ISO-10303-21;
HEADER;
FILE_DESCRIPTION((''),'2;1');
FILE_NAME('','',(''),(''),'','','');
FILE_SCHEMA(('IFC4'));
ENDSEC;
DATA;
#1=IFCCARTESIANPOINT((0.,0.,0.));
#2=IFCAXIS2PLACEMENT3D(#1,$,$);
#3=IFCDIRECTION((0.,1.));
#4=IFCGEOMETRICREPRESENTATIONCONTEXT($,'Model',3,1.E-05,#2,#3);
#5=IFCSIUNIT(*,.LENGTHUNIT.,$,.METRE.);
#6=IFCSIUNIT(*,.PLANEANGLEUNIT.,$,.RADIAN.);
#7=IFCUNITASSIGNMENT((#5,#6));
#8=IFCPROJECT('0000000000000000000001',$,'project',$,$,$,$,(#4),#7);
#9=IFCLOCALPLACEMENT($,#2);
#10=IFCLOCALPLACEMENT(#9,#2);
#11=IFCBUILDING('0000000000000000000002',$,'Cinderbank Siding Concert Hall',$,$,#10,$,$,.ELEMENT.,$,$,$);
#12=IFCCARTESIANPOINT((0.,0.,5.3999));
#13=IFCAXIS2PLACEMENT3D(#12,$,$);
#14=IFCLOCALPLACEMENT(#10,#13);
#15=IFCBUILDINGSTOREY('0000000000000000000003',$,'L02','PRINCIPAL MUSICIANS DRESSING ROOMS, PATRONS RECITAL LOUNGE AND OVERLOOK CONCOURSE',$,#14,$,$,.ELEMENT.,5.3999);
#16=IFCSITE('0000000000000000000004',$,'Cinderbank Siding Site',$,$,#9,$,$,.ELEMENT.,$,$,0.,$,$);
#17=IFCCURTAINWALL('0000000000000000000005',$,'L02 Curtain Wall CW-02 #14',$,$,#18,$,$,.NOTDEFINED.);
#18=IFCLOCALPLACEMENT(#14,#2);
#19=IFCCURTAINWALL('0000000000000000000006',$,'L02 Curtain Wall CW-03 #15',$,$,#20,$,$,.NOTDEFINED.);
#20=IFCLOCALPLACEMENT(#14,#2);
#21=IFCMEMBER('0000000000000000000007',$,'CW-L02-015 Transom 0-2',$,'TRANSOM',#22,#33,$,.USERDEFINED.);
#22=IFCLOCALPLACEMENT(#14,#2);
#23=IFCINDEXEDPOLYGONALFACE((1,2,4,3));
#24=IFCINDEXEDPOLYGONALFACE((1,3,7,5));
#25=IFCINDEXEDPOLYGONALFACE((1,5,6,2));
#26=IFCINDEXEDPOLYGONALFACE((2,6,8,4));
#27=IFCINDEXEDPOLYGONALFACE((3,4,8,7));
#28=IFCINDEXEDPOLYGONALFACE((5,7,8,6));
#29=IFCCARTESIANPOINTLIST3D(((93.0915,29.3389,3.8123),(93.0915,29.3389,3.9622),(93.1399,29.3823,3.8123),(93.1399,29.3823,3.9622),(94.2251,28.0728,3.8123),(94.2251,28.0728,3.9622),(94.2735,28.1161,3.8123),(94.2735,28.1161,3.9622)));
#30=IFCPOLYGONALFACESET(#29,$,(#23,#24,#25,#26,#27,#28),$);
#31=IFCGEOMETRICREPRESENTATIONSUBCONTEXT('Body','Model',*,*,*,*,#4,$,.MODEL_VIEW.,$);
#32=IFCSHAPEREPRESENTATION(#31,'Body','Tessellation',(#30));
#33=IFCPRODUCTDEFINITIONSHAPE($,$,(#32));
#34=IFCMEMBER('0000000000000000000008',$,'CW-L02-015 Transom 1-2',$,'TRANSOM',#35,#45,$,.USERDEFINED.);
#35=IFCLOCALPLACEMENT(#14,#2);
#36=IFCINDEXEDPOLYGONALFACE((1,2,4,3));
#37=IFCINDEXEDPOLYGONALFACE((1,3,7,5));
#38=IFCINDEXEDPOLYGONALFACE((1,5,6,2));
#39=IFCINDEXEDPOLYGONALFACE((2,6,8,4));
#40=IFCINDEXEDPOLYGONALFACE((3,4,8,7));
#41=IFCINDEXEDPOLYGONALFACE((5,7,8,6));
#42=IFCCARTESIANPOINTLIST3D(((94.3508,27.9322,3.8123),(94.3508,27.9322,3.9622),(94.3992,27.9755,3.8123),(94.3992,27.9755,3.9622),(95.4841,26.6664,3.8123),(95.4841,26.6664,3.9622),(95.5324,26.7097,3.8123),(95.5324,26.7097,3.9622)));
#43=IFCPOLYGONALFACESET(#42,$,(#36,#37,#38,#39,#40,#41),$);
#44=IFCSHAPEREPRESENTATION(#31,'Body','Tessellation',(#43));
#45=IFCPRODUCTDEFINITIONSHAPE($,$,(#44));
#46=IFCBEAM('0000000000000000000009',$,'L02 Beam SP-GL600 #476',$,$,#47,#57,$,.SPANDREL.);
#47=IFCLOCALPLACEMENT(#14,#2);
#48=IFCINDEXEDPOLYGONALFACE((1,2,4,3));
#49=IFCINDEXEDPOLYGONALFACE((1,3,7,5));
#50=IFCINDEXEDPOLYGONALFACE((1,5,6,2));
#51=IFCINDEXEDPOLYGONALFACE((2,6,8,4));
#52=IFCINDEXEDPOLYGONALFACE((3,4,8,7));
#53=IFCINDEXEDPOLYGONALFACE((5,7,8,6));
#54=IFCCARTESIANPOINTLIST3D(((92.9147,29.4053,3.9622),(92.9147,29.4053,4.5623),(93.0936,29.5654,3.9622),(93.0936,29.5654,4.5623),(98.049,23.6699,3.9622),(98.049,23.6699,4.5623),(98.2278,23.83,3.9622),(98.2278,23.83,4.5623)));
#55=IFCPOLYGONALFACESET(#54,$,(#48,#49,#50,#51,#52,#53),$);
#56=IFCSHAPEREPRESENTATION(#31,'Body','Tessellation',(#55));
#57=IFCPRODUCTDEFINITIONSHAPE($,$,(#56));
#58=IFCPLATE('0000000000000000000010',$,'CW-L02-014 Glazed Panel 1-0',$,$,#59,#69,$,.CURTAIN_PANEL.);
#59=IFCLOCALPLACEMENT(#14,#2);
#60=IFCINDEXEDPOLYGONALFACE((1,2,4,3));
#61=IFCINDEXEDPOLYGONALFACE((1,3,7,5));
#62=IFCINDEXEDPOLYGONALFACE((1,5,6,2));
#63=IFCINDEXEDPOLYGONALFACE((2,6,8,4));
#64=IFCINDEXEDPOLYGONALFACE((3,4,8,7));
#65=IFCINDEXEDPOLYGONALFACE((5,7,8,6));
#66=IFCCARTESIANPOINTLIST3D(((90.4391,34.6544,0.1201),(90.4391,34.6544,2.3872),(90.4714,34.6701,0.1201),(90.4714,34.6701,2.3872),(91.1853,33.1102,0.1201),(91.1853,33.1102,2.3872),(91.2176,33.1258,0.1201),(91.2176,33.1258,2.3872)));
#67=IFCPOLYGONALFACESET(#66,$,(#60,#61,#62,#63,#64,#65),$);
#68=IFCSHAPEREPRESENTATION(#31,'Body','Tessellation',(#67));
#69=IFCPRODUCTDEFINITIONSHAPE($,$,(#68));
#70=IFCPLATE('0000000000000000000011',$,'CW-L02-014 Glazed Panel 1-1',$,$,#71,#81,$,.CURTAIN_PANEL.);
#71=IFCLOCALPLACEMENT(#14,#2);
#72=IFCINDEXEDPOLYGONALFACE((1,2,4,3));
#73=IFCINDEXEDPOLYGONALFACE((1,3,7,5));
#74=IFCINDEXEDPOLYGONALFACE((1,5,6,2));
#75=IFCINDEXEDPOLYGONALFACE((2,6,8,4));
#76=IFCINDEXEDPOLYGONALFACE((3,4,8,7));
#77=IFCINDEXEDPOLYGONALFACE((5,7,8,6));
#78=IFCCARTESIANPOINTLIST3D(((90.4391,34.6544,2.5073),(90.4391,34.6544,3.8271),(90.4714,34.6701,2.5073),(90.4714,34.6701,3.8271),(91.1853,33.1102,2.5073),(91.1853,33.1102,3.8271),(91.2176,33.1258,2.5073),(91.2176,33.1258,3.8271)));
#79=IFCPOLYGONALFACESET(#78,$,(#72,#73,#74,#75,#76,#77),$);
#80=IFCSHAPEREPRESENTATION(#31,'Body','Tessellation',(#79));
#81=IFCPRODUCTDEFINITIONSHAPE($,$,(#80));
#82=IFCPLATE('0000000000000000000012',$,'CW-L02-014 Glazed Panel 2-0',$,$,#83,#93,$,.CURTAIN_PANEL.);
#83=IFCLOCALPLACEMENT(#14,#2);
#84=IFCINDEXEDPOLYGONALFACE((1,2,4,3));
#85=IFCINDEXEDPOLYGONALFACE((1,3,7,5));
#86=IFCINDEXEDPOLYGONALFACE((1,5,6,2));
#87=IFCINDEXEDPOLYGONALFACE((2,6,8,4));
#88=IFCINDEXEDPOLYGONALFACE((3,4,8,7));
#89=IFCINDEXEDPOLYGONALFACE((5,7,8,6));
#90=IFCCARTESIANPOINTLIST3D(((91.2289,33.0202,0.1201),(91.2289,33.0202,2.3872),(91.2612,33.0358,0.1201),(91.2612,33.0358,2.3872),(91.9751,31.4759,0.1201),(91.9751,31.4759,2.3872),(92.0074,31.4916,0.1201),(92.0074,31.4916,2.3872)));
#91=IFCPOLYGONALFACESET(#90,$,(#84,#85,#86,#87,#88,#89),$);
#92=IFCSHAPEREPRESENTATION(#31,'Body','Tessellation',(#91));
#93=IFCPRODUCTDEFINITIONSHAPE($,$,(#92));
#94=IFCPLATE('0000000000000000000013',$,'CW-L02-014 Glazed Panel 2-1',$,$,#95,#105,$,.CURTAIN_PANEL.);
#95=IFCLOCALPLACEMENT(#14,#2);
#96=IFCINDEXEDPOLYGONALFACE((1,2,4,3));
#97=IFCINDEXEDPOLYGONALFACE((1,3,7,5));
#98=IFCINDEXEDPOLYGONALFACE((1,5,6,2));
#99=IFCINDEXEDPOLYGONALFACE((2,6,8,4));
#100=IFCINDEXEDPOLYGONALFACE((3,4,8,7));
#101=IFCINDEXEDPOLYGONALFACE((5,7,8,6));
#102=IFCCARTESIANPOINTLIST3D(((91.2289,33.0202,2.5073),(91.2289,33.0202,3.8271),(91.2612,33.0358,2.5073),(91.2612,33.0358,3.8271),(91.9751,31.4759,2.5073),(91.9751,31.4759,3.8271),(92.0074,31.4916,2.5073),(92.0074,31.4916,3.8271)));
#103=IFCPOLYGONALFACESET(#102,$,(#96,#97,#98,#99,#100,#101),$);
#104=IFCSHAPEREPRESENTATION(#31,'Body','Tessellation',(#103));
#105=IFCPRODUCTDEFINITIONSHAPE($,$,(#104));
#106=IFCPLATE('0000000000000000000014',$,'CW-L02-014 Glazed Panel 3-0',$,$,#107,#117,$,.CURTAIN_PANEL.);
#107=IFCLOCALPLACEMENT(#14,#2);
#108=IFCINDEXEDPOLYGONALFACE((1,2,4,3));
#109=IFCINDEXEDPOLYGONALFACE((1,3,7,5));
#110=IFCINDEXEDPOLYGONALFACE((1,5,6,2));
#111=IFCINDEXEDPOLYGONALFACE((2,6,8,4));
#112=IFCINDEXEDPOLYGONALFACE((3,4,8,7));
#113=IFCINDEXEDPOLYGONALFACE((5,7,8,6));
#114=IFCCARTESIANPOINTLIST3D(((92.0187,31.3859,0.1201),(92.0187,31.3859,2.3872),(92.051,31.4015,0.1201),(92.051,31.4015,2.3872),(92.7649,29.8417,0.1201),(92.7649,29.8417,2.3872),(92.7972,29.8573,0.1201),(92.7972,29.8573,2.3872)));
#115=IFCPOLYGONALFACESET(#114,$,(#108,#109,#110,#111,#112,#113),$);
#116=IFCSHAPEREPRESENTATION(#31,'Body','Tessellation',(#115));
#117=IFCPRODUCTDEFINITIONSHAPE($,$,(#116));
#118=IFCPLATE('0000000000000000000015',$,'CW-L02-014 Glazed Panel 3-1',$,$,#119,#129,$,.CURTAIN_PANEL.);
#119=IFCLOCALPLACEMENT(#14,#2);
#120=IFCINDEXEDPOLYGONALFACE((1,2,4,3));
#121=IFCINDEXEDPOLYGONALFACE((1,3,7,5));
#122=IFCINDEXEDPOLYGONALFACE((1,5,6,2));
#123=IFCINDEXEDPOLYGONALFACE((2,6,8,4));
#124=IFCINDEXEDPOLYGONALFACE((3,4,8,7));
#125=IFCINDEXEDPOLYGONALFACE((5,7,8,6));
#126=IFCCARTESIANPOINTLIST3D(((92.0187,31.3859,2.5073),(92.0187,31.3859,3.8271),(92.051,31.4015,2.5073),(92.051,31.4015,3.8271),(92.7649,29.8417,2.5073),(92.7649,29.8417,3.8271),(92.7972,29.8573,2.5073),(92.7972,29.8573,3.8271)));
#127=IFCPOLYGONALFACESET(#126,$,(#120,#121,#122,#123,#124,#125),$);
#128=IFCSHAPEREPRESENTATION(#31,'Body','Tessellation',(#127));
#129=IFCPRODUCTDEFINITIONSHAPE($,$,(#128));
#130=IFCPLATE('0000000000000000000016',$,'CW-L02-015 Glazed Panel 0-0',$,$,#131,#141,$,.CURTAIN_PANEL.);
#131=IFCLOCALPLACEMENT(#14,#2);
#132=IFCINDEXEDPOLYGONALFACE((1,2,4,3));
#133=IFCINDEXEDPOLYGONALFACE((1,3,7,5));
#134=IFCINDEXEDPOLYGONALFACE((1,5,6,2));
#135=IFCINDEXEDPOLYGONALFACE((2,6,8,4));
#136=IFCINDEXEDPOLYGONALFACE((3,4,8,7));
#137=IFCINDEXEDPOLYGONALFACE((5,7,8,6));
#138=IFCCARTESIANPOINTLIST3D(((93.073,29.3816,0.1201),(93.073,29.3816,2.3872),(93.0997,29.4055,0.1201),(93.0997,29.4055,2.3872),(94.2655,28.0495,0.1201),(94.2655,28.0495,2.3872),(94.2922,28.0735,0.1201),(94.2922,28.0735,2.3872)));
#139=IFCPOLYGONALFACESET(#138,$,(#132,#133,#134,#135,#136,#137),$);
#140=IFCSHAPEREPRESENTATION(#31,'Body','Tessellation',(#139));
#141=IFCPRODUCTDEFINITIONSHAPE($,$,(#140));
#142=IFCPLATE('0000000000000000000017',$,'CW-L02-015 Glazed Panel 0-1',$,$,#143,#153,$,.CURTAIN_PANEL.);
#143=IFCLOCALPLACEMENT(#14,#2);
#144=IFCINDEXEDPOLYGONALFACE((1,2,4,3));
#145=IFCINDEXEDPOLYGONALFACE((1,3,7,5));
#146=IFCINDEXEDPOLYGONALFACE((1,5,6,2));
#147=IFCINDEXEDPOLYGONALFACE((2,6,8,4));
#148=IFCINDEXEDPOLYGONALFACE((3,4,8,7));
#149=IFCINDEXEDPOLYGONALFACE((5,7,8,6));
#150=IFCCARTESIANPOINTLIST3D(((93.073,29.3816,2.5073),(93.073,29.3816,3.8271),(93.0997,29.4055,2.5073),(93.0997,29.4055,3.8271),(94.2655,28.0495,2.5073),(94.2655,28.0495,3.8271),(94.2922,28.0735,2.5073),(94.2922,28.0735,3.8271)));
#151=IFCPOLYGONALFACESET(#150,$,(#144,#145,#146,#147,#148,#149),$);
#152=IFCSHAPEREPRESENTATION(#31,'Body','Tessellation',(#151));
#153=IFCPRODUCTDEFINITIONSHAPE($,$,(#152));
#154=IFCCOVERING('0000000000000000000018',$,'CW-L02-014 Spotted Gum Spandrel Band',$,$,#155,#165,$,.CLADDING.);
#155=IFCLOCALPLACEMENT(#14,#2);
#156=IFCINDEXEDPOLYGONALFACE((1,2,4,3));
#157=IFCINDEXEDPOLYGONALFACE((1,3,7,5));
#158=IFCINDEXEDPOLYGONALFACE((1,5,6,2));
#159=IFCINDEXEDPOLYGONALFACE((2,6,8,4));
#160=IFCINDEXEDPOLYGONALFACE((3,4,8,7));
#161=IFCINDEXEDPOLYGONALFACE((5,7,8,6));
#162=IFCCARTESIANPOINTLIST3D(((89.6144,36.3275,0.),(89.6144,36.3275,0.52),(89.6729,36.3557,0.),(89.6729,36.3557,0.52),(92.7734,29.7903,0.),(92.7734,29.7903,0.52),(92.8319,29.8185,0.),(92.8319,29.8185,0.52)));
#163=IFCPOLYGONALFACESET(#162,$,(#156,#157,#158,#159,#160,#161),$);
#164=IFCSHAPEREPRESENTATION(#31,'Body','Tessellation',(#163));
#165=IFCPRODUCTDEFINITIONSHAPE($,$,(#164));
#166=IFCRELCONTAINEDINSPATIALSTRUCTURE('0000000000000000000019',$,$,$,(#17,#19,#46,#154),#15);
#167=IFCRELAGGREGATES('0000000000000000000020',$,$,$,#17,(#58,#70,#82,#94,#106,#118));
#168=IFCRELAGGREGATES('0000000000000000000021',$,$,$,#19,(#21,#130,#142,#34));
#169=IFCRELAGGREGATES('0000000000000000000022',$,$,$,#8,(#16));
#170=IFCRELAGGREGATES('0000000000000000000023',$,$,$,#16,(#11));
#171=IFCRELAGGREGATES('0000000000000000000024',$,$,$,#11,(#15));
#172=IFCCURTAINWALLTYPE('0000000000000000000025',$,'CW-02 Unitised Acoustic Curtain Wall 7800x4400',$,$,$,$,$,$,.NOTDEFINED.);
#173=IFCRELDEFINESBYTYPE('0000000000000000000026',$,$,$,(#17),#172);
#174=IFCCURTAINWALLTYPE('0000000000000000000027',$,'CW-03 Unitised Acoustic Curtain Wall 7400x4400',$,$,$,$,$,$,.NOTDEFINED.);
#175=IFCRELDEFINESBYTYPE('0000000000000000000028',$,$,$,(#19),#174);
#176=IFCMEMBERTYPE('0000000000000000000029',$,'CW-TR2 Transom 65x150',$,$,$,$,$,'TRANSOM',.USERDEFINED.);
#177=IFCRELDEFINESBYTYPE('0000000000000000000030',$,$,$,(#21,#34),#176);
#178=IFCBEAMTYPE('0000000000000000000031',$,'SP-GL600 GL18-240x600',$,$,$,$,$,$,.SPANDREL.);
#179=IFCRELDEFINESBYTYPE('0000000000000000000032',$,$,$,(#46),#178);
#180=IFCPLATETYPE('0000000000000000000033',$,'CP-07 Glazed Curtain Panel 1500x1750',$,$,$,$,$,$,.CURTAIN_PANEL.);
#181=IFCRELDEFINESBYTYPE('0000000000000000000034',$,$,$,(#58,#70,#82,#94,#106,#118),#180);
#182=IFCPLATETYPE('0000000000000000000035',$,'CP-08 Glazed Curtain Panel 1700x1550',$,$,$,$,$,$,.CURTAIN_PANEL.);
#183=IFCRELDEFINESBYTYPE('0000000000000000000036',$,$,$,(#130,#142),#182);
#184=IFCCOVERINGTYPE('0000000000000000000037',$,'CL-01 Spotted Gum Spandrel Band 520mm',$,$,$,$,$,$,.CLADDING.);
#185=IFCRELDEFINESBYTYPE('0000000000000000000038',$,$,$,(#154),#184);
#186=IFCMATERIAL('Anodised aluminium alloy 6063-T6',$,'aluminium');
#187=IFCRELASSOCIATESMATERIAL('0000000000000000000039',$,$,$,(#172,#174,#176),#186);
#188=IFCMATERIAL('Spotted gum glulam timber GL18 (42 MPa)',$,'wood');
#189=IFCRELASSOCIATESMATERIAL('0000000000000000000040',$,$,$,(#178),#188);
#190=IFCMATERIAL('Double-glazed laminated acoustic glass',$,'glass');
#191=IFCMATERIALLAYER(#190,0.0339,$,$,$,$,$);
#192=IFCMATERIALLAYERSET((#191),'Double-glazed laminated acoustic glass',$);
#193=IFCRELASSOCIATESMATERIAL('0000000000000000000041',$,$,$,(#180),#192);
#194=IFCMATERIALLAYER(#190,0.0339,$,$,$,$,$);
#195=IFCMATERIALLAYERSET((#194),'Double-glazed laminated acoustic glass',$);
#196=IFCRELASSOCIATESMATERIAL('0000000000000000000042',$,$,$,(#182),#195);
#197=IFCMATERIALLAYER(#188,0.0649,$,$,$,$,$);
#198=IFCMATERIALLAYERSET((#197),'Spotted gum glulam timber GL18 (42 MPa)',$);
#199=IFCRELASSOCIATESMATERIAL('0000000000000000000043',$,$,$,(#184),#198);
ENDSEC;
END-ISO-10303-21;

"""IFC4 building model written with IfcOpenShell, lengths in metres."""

from ifc_helpers import new_model, si_unit, direction, frame, origin, origin_2d, place, context, subcontext, project, spatial, rectangle, extrude, material, layer, layer_set, material_profile, profile_set, type_object, element, aggregate, save


model = new_model("IFC4")

# Units and contexts
model_context = context("Model", 3, precision=1e-05, world=origin(), true_north=direction((0.0, 1.0)))
body_context = subcontext(model_context, "Body", "Model", "MODEL_VIEW")
ifc_project = project(units=[si_unit("LENGTHUNIT", "METRE"), si_unit("PLANEANGLEUNIT", "RADIAN")], contexts=[model_context])

# Site, building, storey
site_placement = place(None, origin())
site = spatial("IfcSite", under=ifc_project, at=site_placement, Name="Cinderbank Siding Site", CompositionType="ELEMENT", RefElevation=0.0)
building_placement = place(site_placement, origin())
building = spatial("IfcBuilding", under=site, at=building_placement, Name="Cinderbank Siding Concert Hall", CompositionType="ELEMENT")
storey_placement = place(building_placement, frame((0.0, 0.0, 5.3999)))
storey = spatial("IfcBuildingStorey", under=building, at=storey_placement, Name="L02", Description="PRINCIPAL MUSICIANS DRESSING ROOMS, PATRONS RECITAL LOUNGE AND OVERLOOK CONCOURSE", CompositionType="ELEMENT", Elevation=5.3999)

# Curtain walls
ifc_material_1 = material(Name="Anodised aluminium alloy 6063-T6", Category="aluminium")
curtain_wall_type_1 = type_object("IfcCurtainWallType", Name="CW-02 Unitised Acoustic Curtain Wall 7800x4400", PredefinedType="NOTDEFINED", material=ifc_material_1)
curtain_wall_1_placement = place(storey_placement, origin())
curtain_wall_1 = element("IfcCurtainWall", 1, at=curtain_wall_1_placement, inside=storey, type_object=curtain_wall_type_1, Name="L02 Curtain Wall CW-02 #14", PredefinedType="NOTDEFINED")
curtain_wall_type_2 = type_object("IfcCurtainWallType", Name="CW-03 Unitised Acoustic Curtain Wall 7400x4400", PredefinedType="NOTDEFINED", material=ifc_material_1)
curtain_wall_2_placement = place(storey_placement, origin())
curtain_wall_2 = element("IfcCurtainWall", 2, at=curtain_wall_2_placement, inside=storey, type_object=curtain_wall_type_2, Name="L02 Curtain Wall CW-03 #15", PredefinedType="NOTDEFINED")

# Members
ifc_material_profile_1 = material_profile(ifc_material_1, rectangle(XDim=0.0649, YDim=0.1499, at=origin_2d()), Name="ALU-TRAN-65x150", Category="LoadBearing")
ifc_profile_set_1 = profile_set([ifc_material_profile_1], Name="Anodised aluminium alloy 6063-T6")
member_type_1 = type_object("IfcMemberType", Name="CW-TR2 Transom 65x150", ElementType="TRANSOM", PredefinedType="USERDEFINED", material=ifc_profile_set_1)
member_1_placement = place(storey_placement, frame((93.1157, 29.3606, 3.8872), z_axis=(0.667026, -0.745035, 0.0), x_axis=(0.745035, 0.667026, 0.0)))
member_1 = element("IfcMember", 3, at=member_1_placement, type_object=member_type_1, Name="CW-L02-015 Transom 0-2", ObjectType="TRANSOM", PredefinedType="USERDEFINED", context=body_context, shape_type="SweptSolid", body=[
    extrude(rectangle(XDim=0.0649, YDim=0.1499, at=origin_2d()), origin(), (0.0, 0.0, 1.0), 1.6995),
])
member_2_placement = place(storey_placement, frame((94.375, 27.9539, 3.8872), z_axis=(0.667017, -0.745042, 0.0), x_axis=(0.745042, 0.667017, 0.0)))
member_2 = element("IfcMember", 4, at=member_2_placement, type_object=member_type_1, Name="CW-L02-015 Transom 1-2", ObjectType="TRANSOM", PredefinedType="USERDEFINED", context=body_context, shape_type="SweptSolid", body=[
    extrude(rectangle(XDim=0.0649, YDim=0.1499, at=origin_2d()), origin(), (0.0, 0.0, 1.0), 1.699),
])

# Beam
ifc_material_2 = material(Name="Spotted gum glulam timber GL18 (42 MPa)", Category="wood")
ifc_material_profile_2 = material_profile(ifc_material_2, rectangle(XDim=0.24, YDim=0.6001, at=origin_2d()), Name="GL18-240x600", Category="LoadBearing")
ifc_profile_set_2 = profile_set([ifc_material_profile_2], Name="Spotted gum glulam timber GL18 (42 MPa)")
beam_type_1 = type_object("IfcBeamType", Name="SP-GL600 GL18-240x600", PredefinedType="SPANDREL", material=ifc_profile_set_2)
beam_1_placement = place(storey_placement, frame((93.0042, 29.4854, 4.2622), z_axis=(0.666986, -0.74507, 0.0), x_axis=(0.74507, 0.666986, 0.0)))
element("IfcBeam", 5, at=beam_1_placement, inside=storey, type_object=beam_type_1, Name="L02 Beam SP-GL600 #476", PredefinedType="SPANDREL", context=body_context, shape_type="SweptSolid", body=[
    extrude(rectangle(XDim=0.24, YDim=0.6001, at=origin_2d()), origin(), (0.0, 0.0, 1.0), 7.6978),
])

# Plates
ifc_material_3 = material(Name="Double-glazed laminated acoustic glass", Category="glass")
ifc_layer_1 = layer(ifc_material_3, 0.0339)
ifc_layer_set_1 = layer_set([ifc_layer_1], Name="Double-glazed laminated acoustic glass")
plate_type_1 = type_object("IfcPlateType", Name="CP-07 Glazed Curtain Panel 1500x1750", PredefinedType="CURTAIN_PANEL", material=ifc_layer_set_1)
plate_1_placement = place(storey_placement, frame((90.8284, 33.8901, 0.1201), z_axis=(0.0, 0.0, 1.0), x_axis=(0.435102, -0.900381, 0.0)))
plate_1 = element("IfcPlate", 6, at=plate_1_placement, type_object=plate_type_1, Name="CW-L02-014 Glazed Panel 1-0", PredefinedType="CURTAIN_PANEL", context=body_context, shape_type="SweptSolid", body=[
    extrude(rectangle(XDim=1.7151, YDim=0.0359, at=origin_2d()), origin(), (0.0, 0.0, 1.0), 2.2671),
])
plate_2_placement = place(storey_placement, frame((90.8284, 33.8901, 2.5073), z_axis=(0.0, 0.0, 1.0), x_axis=(0.435102, -0.900381, 0.0)))
plate_2 = element("IfcPlate", 7, at=plate_2_placement, type_object=plate_type_1, Name="CW-L02-014 Glazed Panel 1-1", PredefinedType="CURTAIN_PANEL", context=body_context, shape_type="SweptSolid", body=[
    extrude(rectangle(XDim=1.7151, YDim=0.0359, at=origin_2d()), origin(), (0.0, 0.0, 1.0), 1.3198),
])
plate_3_placement = place(storey_placement, frame((91.6182, 32.2559, 0.1201), z_axis=(0.0, 0.0, 1.0), x_axis=(0.435102, -0.900381, 0.0)))
plate_3 = element("IfcPlate", 8, at=plate_3_placement, type_object=plate_type_1, Name="CW-L02-014 Glazed Panel 2-0", PredefinedType="CURTAIN_PANEL", context=body_context, shape_type="SweptSolid", body=[
    extrude(rectangle(XDim=1.7151, YDim=0.0359, at=origin_2d()), origin(), (0.0, 0.0, 1.0), 2.2671),
])
plate_4_placement = place(storey_placement, frame((91.6182, 32.2559, 2.5073), z_axis=(0.0, 0.0, 1.0), x_axis=(0.435102, -0.900381, 0.0)))
plate_4 = element("IfcPlate", 9, at=plate_4_placement, type_object=plate_type_1, Name="CW-L02-014 Glazed Panel 2-1", PredefinedType="CURTAIN_PANEL", context=body_context, shape_type="SweptSolid", body=[
    extrude(rectangle(XDim=1.7151, YDim=0.0359, at=origin_2d()), origin(), (0.0, 0.0, 1.0), 1.3198),
])
plate_5_placement = place(storey_placement, frame((92.408, 30.6216, 0.1201), z_axis=(0.0, 0.0, 1.0), x_axis=(0.435102, -0.900381, 0.0)))
plate_5 = element("IfcPlate", 10, at=plate_5_placement, type_object=plate_type_1, Name="CW-L02-014 Glazed Panel 3-0", PredefinedType="CURTAIN_PANEL", context=body_context, shape_type="SweptSolid", body=[
    extrude(rectangle(XDim=1.7151, YDim=0.0359, at=origin_2d()), origin(), (0.0, 0.0, 1.0), 2.2671),
])
plate_6_placement = place(storey_placement, frame((92.408, 30.6216, 2.5073), z_axis=(0.0, 0.0, 1.0), x_axis=(0.435102, -0.900381, 0.0)))
plate_6 = element("IfcPlate", 11, at=plate_6_placement, type_object=plate_type_1, Name="CW-L02-014 Glazed Panel 3-1", PredefinedType="CURTAIN_PANEL", context=body_context, shape_type="SweptSolid", body=[
    extrude(rectangle(XDim=1.7151, YDim=0.0359, at=origin_2d()), origin(), (0.0, 0.0, 1.0), 1.3198),
])
aggregate(curtain_wall_1, [plate_1, plate_2, plate_3, plate_4, plate_5, plate_6])
ifc_layer_2 = layer(ifc_material_3, 0.0339)
ifc_layer_set_2 = layer_set([ifc_layer_2], Name="Double-glazed laminated acoustic glass")
plate_type_2 = type_object("IfcPlateType", Name="CP-08 Glazed Curtain Panel 1700x1550", PredefinedType="CURTAIN_PANEL", material=ifc_layer_set_2)
plate_7_placement = place(storey_placement, frame((93.6826, 28.7275, 0.1201), z_axis=(0.0, 0.0, 1.0), x_axis=(0.666993, -0.745064, 0.0)))
plate_7 = element("IfcPlate", 12, at=plate_7_placement, type_object=plate_type_2, Name="CW-L02-015 Glazed Panel 0-0", PredefinedType="CURTAIN_PANEL", context=body_context, shape_type="SweptSolid", body=[
    extrude(rectangle(XDim=1.7878, YDim=0.0359, at=origin_2d()), origin(), (0.0, 0.0, 1.0), 2.2671),
])
plate_8_placement = place(storey_placement, frame((93.6826, 28.7275, 2.5073), z_axis=(0.0, 0.0, 1.0), x_axis=(0.666993, -0.745064, 0.0)))
plate_8 = element("IfcPlate", 13, at=plate_8_placement, type_object=plate_type_2, Name="CW-L02-015 Glazed Panel 0-1", PredefinedType="CURTAIN_PANEL", context=body_context, shape_type="SweptSolid", body=[
    extrude(rectangle(XDim=1.7878, YDim=0.0359, at=origin_2d()), origin(), (0.0, 0.0, 1.0), 1.3198),
])
aggregate(curtain_wall_2, [member_1, plate_7, plate_8, member_2])

# Covering
ifc_layer_3 = layer(ifc_material_2, 0.0649)
ifc_layer_set_3 = layer_set([ifc_layer_3], Name="Spotted gum glulam timber GL18 (42 MPa)")
covering_type = type_object("IfcCoveringType", Name="CL-01 Spotted Gum Spandrel Band 520mm", PredefinedType="CLADDING", material=ifc_layer_set_3)
covering_placement = place(storey_placement, frame((91.2231, 33.073, 0.0), z_axis=(0.0, 0.0, 1.0), x_axis=(0.435102, -0.900381, 0.0)))
element("IfcCovering", 14, at=covering_placement, inside=storey, type_object=covering_type, Name="CW-L02-014 Spotted Gum Spandrel Band", PredefinedType="CLADDING", context=body_context, shape_type="SweptSolid", body=[
    extrude(rectangle(XDim=7.2605, YDim=0.0649, at=origin_2d()), origin(), (0.0, 0.0, 1.0), 0.52),
])

save(model, "model.ifc")
